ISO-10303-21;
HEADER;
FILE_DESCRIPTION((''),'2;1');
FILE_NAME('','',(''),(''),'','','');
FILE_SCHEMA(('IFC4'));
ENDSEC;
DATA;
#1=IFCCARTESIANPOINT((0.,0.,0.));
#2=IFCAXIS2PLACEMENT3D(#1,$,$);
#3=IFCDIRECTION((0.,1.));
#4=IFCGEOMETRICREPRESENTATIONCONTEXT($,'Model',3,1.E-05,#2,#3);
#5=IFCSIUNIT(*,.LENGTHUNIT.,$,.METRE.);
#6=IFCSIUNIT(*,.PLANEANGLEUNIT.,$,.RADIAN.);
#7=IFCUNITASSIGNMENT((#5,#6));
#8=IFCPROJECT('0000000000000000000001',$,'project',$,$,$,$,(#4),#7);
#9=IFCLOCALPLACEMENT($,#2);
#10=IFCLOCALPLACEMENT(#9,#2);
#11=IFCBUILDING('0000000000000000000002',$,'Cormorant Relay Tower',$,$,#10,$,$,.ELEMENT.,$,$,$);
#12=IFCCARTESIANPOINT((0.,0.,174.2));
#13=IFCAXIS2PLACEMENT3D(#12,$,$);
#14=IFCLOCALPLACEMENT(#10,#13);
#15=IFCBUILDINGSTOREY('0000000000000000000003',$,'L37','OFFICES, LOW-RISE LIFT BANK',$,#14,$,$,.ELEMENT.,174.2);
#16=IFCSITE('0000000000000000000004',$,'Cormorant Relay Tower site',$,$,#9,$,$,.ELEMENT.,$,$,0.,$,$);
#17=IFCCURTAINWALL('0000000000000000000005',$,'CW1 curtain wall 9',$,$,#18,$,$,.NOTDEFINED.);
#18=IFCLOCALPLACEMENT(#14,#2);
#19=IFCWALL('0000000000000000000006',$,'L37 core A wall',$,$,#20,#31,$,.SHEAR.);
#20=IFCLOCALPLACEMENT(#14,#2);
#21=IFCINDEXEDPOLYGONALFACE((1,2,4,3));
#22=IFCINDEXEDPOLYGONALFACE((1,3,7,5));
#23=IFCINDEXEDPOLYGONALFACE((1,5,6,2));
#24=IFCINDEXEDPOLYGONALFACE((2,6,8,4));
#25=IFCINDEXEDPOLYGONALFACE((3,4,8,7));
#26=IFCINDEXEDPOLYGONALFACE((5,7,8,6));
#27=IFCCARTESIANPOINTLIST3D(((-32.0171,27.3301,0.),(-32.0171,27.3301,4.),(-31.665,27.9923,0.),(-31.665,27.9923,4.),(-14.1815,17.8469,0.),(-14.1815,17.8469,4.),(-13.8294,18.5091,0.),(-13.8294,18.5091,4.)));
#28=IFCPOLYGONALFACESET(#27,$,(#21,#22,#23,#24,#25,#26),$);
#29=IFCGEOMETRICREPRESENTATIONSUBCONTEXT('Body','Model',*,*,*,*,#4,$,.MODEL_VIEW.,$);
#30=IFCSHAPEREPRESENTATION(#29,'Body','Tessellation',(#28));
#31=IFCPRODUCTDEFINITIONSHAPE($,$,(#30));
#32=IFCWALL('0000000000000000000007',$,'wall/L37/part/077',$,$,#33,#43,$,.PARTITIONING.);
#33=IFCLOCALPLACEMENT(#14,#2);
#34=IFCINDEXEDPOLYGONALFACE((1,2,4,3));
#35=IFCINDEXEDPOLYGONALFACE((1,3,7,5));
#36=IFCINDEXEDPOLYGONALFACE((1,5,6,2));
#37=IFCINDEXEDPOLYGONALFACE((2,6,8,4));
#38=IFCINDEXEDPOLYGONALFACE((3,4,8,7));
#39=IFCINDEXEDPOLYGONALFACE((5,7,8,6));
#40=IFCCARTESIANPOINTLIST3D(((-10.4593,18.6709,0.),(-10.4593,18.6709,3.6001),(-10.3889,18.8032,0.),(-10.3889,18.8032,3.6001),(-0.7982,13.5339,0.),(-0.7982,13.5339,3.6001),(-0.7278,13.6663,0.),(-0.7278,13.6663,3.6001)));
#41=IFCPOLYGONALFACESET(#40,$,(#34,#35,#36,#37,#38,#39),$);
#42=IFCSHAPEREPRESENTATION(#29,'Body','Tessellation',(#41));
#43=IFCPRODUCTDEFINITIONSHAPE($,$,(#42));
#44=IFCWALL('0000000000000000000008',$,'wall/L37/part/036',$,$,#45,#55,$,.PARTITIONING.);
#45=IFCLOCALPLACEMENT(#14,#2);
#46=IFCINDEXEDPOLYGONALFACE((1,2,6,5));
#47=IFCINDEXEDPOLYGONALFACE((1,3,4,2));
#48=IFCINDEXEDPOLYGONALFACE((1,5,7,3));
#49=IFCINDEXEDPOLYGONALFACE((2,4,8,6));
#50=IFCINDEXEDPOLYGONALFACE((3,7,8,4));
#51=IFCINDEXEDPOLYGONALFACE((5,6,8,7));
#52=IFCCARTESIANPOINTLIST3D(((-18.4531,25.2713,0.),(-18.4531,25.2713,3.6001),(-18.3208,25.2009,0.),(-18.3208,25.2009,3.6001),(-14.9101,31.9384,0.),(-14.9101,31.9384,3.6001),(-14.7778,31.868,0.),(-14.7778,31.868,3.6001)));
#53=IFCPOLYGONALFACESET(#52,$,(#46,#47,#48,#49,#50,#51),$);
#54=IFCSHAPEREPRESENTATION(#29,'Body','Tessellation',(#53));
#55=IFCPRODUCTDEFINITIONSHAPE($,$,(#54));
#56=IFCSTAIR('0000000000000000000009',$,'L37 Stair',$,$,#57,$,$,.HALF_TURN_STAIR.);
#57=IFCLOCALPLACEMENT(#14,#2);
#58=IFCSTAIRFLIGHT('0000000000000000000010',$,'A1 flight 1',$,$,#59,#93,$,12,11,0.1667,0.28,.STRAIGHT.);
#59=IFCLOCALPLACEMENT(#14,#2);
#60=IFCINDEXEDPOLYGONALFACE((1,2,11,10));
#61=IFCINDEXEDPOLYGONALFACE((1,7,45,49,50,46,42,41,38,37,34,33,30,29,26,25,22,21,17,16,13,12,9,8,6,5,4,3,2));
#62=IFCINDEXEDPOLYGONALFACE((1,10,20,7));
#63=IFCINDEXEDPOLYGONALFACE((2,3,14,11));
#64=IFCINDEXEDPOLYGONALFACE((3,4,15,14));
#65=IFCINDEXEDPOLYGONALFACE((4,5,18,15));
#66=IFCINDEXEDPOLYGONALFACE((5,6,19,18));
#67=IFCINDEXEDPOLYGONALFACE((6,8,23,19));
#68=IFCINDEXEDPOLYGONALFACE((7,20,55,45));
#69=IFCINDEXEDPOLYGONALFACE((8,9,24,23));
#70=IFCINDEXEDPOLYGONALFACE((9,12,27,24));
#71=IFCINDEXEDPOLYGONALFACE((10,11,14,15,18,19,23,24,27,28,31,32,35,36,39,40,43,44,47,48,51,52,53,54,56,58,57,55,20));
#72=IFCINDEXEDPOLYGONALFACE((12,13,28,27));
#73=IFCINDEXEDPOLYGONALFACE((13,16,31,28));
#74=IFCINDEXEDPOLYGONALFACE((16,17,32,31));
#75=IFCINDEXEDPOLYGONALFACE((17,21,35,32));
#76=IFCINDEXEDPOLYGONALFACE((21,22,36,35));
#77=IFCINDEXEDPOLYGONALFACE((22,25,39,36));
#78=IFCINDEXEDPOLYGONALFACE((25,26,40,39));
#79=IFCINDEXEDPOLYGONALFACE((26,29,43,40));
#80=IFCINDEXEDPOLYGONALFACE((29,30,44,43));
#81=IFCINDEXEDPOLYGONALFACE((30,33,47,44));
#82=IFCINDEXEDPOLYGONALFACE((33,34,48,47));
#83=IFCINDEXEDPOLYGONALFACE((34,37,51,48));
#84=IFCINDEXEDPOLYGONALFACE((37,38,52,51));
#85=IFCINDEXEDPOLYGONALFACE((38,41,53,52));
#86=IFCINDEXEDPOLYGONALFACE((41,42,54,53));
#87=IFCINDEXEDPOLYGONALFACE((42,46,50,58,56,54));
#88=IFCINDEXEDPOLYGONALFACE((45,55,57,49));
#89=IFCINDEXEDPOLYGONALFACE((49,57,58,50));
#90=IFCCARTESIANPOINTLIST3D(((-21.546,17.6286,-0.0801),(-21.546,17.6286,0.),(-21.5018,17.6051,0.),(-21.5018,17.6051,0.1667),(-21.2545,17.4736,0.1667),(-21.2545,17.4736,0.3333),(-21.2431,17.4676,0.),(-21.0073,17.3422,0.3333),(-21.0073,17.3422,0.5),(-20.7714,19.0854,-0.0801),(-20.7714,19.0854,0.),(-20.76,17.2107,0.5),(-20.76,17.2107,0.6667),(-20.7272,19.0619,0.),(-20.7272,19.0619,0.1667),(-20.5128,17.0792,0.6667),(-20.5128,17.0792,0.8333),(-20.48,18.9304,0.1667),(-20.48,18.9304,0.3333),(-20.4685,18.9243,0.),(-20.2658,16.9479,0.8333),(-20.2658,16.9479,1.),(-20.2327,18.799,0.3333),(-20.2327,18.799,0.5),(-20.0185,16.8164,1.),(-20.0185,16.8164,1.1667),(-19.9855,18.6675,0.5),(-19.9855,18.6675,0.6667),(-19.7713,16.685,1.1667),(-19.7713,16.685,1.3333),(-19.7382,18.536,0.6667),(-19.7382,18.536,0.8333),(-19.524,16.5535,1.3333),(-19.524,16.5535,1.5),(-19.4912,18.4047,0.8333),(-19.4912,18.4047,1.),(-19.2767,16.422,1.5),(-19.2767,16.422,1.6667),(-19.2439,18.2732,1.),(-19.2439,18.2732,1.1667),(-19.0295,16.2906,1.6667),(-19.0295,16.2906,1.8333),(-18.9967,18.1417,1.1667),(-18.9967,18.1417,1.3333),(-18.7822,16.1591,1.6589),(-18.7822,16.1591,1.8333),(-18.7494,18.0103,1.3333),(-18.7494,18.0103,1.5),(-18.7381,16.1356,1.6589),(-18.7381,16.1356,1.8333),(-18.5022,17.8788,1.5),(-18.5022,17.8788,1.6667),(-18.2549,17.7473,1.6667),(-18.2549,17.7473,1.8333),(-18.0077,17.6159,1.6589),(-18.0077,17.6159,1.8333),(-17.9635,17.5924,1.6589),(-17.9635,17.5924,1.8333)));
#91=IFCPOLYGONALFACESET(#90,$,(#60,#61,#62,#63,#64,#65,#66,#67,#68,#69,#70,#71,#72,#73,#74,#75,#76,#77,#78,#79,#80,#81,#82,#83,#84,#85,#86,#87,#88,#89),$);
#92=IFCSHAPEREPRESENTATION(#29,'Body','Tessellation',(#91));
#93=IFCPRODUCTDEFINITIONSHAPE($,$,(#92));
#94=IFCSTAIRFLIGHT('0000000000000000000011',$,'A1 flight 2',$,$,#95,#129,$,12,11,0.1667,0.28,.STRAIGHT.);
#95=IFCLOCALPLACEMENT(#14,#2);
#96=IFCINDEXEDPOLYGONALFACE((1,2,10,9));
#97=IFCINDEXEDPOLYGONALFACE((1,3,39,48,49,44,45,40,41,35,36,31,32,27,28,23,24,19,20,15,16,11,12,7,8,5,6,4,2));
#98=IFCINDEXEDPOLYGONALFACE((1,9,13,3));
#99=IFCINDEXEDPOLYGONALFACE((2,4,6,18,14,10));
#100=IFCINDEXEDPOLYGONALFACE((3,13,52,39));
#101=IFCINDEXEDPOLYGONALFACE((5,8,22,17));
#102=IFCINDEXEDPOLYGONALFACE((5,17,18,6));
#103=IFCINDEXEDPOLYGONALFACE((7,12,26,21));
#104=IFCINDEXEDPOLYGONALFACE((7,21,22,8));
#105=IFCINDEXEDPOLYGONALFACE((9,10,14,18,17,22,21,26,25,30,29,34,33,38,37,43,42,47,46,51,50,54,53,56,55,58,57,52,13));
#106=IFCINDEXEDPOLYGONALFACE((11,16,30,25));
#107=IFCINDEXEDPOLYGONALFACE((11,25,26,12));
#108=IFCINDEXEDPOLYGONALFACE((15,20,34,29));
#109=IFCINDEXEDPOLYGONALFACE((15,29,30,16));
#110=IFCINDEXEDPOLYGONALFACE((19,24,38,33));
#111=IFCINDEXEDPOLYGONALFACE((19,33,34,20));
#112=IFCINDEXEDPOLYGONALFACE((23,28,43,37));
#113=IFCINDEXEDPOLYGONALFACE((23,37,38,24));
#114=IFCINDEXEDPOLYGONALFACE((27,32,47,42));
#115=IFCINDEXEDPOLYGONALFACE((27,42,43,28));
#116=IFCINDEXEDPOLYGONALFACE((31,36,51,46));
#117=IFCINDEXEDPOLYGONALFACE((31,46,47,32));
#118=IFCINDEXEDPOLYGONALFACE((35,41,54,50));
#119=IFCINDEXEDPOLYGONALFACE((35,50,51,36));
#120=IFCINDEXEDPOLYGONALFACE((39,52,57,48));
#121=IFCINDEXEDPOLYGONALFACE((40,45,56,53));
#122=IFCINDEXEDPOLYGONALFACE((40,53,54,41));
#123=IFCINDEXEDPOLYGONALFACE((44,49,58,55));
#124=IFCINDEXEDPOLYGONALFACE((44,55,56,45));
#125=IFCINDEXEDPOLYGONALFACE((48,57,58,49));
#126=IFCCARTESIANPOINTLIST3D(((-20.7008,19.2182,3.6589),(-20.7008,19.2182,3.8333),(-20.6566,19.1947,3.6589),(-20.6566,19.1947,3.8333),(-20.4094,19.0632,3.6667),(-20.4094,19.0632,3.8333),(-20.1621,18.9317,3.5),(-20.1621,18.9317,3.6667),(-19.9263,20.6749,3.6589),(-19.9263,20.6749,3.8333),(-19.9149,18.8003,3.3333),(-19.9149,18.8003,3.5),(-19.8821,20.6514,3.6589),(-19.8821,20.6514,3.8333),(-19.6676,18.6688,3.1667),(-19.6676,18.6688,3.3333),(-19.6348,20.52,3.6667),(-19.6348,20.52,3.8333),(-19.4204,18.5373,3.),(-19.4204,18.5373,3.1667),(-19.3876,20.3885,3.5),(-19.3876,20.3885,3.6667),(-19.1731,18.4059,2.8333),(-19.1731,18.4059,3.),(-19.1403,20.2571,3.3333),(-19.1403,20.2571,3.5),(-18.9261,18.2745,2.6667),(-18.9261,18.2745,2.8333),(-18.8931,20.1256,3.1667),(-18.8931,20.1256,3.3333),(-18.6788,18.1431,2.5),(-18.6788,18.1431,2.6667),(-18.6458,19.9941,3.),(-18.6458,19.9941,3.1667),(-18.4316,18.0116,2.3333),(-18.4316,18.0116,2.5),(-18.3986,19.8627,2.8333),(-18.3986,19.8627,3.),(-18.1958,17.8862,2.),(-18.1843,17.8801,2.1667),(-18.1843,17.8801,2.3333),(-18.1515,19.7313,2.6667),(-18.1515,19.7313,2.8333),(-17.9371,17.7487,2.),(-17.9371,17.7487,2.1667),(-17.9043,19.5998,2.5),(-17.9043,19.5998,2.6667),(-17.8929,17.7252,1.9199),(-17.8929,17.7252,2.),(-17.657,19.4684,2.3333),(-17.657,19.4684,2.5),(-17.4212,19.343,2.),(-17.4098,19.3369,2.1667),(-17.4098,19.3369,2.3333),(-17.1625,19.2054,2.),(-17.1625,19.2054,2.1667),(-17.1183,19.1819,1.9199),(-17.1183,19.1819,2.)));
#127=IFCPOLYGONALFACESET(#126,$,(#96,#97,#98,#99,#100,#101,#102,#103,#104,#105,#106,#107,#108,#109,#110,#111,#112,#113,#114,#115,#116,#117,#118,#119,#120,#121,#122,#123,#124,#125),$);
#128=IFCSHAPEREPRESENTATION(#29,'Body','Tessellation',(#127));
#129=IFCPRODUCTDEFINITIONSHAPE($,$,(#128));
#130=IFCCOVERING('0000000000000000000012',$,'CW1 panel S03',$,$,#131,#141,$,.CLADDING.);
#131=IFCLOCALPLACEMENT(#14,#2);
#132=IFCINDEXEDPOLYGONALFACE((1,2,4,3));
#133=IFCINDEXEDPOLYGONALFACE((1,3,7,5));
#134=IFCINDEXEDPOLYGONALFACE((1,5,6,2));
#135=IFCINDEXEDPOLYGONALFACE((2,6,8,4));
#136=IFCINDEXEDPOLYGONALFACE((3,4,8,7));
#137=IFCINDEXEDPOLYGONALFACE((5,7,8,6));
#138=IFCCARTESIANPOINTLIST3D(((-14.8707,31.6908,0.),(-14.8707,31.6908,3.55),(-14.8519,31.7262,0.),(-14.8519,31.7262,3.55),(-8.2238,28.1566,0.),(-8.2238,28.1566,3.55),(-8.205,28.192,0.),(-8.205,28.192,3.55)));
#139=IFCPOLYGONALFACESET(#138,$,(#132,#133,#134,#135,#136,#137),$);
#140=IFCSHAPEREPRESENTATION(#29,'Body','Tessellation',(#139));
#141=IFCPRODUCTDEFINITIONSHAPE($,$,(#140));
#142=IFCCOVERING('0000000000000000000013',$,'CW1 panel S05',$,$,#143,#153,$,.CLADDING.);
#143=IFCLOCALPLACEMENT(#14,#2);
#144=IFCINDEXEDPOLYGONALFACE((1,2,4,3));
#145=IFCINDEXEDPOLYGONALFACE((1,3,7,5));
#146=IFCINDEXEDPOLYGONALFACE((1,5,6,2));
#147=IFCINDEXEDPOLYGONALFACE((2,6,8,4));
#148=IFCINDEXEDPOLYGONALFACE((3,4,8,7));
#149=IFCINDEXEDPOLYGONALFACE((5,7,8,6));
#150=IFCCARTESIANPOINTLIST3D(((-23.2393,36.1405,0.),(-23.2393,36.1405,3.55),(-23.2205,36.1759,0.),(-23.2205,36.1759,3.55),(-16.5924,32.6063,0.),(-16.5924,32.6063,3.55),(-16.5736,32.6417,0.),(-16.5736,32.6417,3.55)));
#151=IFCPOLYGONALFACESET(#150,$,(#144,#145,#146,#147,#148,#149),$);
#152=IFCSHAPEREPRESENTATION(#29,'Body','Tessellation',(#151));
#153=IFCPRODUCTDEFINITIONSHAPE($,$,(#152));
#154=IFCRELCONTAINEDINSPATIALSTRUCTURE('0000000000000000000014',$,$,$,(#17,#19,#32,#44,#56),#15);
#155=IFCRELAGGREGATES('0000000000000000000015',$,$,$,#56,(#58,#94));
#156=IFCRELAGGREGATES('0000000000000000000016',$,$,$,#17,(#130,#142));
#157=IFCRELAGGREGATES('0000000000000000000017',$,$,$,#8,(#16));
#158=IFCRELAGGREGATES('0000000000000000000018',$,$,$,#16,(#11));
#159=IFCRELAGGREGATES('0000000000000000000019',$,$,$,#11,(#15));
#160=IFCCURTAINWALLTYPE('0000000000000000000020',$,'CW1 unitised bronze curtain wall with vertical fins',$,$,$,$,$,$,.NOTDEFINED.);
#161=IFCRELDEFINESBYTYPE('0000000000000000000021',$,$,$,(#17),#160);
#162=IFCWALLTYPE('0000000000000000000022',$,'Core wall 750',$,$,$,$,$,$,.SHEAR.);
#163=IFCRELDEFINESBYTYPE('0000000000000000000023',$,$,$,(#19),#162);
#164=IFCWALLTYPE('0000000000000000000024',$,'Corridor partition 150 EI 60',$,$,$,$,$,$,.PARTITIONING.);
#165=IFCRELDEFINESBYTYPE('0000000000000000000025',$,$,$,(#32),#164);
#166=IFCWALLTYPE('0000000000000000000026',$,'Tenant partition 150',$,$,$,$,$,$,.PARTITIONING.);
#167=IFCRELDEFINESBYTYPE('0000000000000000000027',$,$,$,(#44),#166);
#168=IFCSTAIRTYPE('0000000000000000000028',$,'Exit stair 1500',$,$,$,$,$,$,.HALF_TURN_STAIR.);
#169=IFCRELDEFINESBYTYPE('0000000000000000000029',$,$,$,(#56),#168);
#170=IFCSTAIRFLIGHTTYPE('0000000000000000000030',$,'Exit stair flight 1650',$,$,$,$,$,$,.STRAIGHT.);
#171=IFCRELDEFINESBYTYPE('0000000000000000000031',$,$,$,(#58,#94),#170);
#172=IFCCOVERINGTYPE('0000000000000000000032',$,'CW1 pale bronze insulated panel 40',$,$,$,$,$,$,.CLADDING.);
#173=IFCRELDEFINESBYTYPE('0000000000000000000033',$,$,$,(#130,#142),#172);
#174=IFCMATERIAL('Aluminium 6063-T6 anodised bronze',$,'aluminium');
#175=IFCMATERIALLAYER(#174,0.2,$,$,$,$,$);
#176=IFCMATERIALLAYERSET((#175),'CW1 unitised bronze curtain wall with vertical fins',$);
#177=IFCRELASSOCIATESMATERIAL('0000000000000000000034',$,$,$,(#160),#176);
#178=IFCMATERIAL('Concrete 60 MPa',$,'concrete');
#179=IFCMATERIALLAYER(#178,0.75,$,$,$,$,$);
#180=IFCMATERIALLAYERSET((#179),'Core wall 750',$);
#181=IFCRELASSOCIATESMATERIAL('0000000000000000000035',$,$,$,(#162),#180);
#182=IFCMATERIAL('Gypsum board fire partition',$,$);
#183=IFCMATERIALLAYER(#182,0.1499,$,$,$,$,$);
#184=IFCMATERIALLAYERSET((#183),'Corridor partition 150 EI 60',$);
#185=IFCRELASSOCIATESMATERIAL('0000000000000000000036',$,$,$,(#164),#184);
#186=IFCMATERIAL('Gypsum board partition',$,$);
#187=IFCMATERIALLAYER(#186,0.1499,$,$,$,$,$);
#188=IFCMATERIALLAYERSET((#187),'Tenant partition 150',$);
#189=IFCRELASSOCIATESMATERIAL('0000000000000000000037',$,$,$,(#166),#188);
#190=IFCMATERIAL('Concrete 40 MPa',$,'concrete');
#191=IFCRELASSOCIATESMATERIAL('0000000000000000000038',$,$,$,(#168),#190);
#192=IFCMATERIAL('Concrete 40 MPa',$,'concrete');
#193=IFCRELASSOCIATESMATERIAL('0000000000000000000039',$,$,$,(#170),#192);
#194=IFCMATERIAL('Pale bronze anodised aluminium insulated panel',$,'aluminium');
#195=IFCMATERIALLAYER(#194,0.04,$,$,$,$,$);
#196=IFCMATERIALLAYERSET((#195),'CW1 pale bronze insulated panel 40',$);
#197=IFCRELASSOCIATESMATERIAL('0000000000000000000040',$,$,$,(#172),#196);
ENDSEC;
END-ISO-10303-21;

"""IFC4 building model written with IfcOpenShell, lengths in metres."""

from ifc_helpers import new_model, si_unit, direction, frame, frame_2d, origin, origin_2d, place, context, subcontext, project, spatial, polyline, rectangle, outline, extrude, material, layer, layer_set, type_object, element, aggregate, save


model = new_model("IFC4")

# Units and contexts
model_context = context("Model", 3, precision=1e-05, world=origin(), true_north=direction((0.0, 1.0)))
body_context = subcontext(model_context, "Body", "Model", "MODEL_VIEW")
ifc_project = project(units=[si_unit("LENGTHUNIT", "METRE"), si_unit("PLANEANGLEUNIT", "RADIAN")], contexts=[model_context])

# Site, building, storey
site_placement = place(None, origin())
site = spatial("IfcSite", under=ifc_project, at=site_placement, Name="Cormorant Relay Tower site", CompositionType="ELEMENT", RefElevation=0.0)
building_placement = place(site_placement, origin())
building = spatial("IfcBuilding", under=site, at=building_placement, Name="Cormorant Relay Tower", CompositionType="ELEMENT")
storey_placement = place(building_placement, frame((0.0, 0.0, 174.2)))
storey = spatial("IfcBuildingStorey", under=building, at=storey_placement, Name="L37", Description="OFFICES, LOW-RISE LIFT BANK", CompositionType="ELEMENT", Elevation=174.2)

# Curtain wall
ifc_material_1 = material(Name="Aluminium 6063-T6 anodised bronze", Category="aluminium")
ifc_layer_1 = layer(ifc_material_1, 0.2)
ifc_layer_set_1 = layer_set([ifc_layer_1], Name="CW1 unitised bronze curtain wall with vertical fins")
curtain_wall_type = type_object("IfcCurtainWallType", Name="CW1 unitised bronze curtain wall with vertical fins", PredefinedType="NOTDEFINED", material=ifc_layer_set_1)
curtain_wall_placement = place(storey_placement, origin())
curtain_wall = element("IfcCurtainWall", 1, at=curtain_wall_placement, inside=storey, type_object=curtain_wall_type, Name="CW1 curtain wall 9", PredefinedType="NOTDEFINED")

# Shared definitions
ifc_material_2 = material(Name="Concrete 60 MPa", Category="concrete")
ifc_layer_2 = layer(ifc_material_2, 0.75)
ifc_layer_set_2 = layer_set([ifc_layer_2], Name="Core wall 750")
wall_type_1 = type_object("IfcWallType", Name="Core wall 750", PredefinedType="SHEAR", material=ifc_layer_set_2)

# Walls
wall_1_placement = place(storey_placement, frame((-14.0054, 18.178, 0.0), z_axis=(0.0, 0.0, 1.0), x_axis=(-0.88295, 0.469467, 0.0)))
element("IfcWall", 2, at=wall_1_placement, inside=storey, type_object=wall_type_1, Name="L37 core A wall", PredefinedType="SHEAR", context=body_context, shape_type="SweptSolid", body=[
    extrude(rectangle(XDim=20.2, YDim=0.75, at=frame_2d((10.1001, 0.0))), origin(), (0.0, 0.0, 1.0), 4.0),
])
ifc_material_3 = material(Name="Gypsum board fire partition")
ifc_layer_3 = layer(ifc_material_3, 0.1499)
ifc_layer_set_3 = layer_set([ifc_layer_3], Name="Corridor partition 150 EI 60")
wall_type_2 = type_object("IfcWallType", Name="Corridor partition 150 EI 60", PredefinedType="PARTITIONING", material=ifc_layer_set_3)
wall_2_placement = place(storey_placement, frame((-10.4241, 18.7371, 0.0), z_axis=(0.0, 0.0, 1.0), x_axis=(0.882946, -0.469475, 0.0)))
element("IfcWall", 3, at=wall_2_placement, inside=storey, type_object=wall_type_2, Name="wall/L37/part/077", PredefinedType="PARTITIONING", context=body_context, shape_type="SweptSolid", body=[
    extrude(rectangle(XDim=10.9419, YDim=0.1499, at=frame_2d((5.4709, 0.0))), origin(), (0.0, 0.0, 1.0), 3.6001),
])
ifc_material_4 = material(Name="Gypsum board partition")
ifc_layer_4 = layer(ifc_material_4, 0.1499)
ifc_layer_set_4 = layer_set([ifc_layer_4], Name="Tenant partition 150")
wall_type_3 = type_object("IfcWallType", Name="Tenant partition 150", PredefinedType="PARTITIONING", material=ifc_layer_set_4)
wall_3_placement = place(storey_placement, frame((-14.844, 31.9031, 0.0), z_axis=(0.0, 0.0, 1.0), x_axis=(-0.469272, -0.883054, 0.0)))
element("IfcWall", 4, at=wall_3_placement, inside=storey, type_object=wall_type_3, Name="wall/L37/part/036", PredefinedType="PARTITIONING", context=body_context, shape_type="SweptSolid", body=[
    extrude(rectangle(XDim=7.55, YDim=0.1499, at=frame_2d((3.7749, 0.0))), origin(), (0.0, 0.0, 1.0), 3.6001),
])

# Stair, stair flights
ifc_material_5 = material(Name="Concrete 40 MPa", Category="concrete")
stair_type = type_object("IfcStairType", Name="Exit stair 1500", PredefinedType="HALF_TURN_STAIR", material=ifc_material_5)
stair_placement = place(storey_placement, origin())
stair = element("IfcStair", 5, at=stair_placement, inside=storey, type_object=stair_type, Name="L37 Stair", PredefinedType="HALF_TURN_STAIR")
ifc_material_6 = material(Name="Concrete 40 MPa", Category="concrete")
stair_flight_type = type_object("IfcStairFlightType", Name="Exit stair flight 1650", PredefinedType="STRAIGHT", material=ifc_material_6)
stair_flight_1_placement = place(storey_placement, frame((-21.1145, 18.3335, 0.0), z_axis=(0.0, 0.0, 1.0), x_axis=(0.882948, -0.469472, 0.0)))
stair_flight_1 = element("IfcStairFlight", 6, at=stair_flight_1_placement, type_object=stair_flight_type, Name="A1 flight 1", NumberOfRisers=12, NumberOfTreads=11, PredefinedType="STRAIGHT", RiserHeight=0.1667, TreadLength=0.28, context=body_context, shape_type="SweptSolid", body=[
    extrude(outline(polyline([(-0.05, -0.0801), (-0.05, 0.0), (0.0, 0.0), (0.0, 0.1667), (0.28, 0.1667), (0.28, 0.3333), (0.5601, 0.3333), (0.5601, 0.5), (0.8401, 0.5), (0.8401, 0.6667), (1.1201, 0.6667), (1.1201, 0.8333), (1.3999, 0.8333), (1.3999, 1.0), (1.6799, 1.0), (1.6799, 1.1667), (1.96, 1.1667), (1.96, 1.3333), (2.24, 1.3333), (2.24, 1.5), (2.52, 1.5), (2.52, 1.6667), (2.8, 1.6667), (2.8, 1.8333), (3.0801, 1.8333), (3.1301, 1.8333), (3.1301, 1.6589), (3.0801, 1.6589), (0.293, 0.0), (-0.05, -0.0801)])), frame((0.0, 0.825, 0.0), z_axis=(0.0, -1.0, 0.0), x_axis=(1.0, 0.0, 0.0)), (0.0, 0.0, 1.0), 1.6499),
])
stair_flight_2_placement = place(storey_placement, frame((-17.5498, 18.4771, 2.0), z_axis=(0.0, 0.0, 1.0), x_axis=(-0.882948, 0.469472, 0.0)))
stair_flight_2 = element("IfcStairFlight", 7, at=stair_flight_2_placement, type_object=stair_flight_type, Name="A1 flight 2", NumberOfRisers=12, NumberOfTreads=11, PredefinedType="STRAIGHT", RiserHeight=0.1667, TreadLength=0.28, context=body_context, shape_type="SweptSolid", body=[
    extrude(outline(polyline([(-0.05, -0.0801), (-0.05, 0.0), (0.0, 0.0), (0.0, 0.1667), (0.28, 0.1667), (0.28, 0.3333), (0.5601, 0.3333), (0.5601, 0.5), (0.8401, 0.5), (0.8401, 0.6667), (1.1201, 0.6667), (1.1201, 0.8333), (1.3999, 0.8333), (1.3999, 1.0), (1.6799, 1.0), (1.6799, 1.1667), (1.96, 1.1667), (1.96, 1.3333), (2.24, 1.3333), (2.24, 1.5), (2.52, 1.5), (2.52, 1.6667), (2.8, 1.6667), (2.8, 1.8333), (3.0801, 1.8333), (3.1301, 1.8333), (3.1301, 1.6589), (3.0801, 1.6589), (0.293, 0.0), (-0.05, -0.0801)])), frame((0.0, 0.825, 0.0), z_axis=(0.0, -1.0, 0.0), x_axis=(1.0, 0.0, 0.0)), (0.0, 0.0, 1.0), 1.6499),
])
aggregate(stair, [stair_flight_1, stair_flight_2])

# Coverings
ifc_material_7 = material(Name="Pale bronze anodised aluminium insulated panel", Category="aluminium")
ifc_layer_5 = layer(ifc_material_7, 0.04)
ifc_layer_set_5 = layer_set([ifc_layer_5], Name="CW1 pale bronze insulated panel 40")
covering_type = type_object("IfcCoveringType", Name="CW1 pale bronze insulated panel 40", PredefinedType="CLADDING", material=ifc_layer_set_5)
covering_1_placement = place(storey_placement, frame((-11.5378, 29.9414, 0.0), z_axis=(0.0, 0.0, 1.0), x_axis=(-0.882948, 0.469472, 0.0)))
covering_1 = element("IfcCovering", 8, at=covering_1_placement, type_object=covering_type, Name="CW1 panel S03", PredefinedType="CLADDING", context=body_context, shape_type="SweptSolid", body=[
    extrude(rectangle(XDim=7.5281, YDim=0.04, at=origin_2d()), origin(), (0.0, 0.0, 1.0), 3.55),
])
covering_2_placement = place(storey_placement, frame((-19.9065, 34.3911, 0.0), z_axis=(0.0, 0.0, 1.0), x_axis=(-0.882948, 0.469472, 0.0)))
covering_2 = element("IfcCovering", 9, at=covering_2_placement, type_object=covering_type, Name="CW1 panel S05", PredefinedType="CLADDING", context=body_context, shape_type="SweptSolid", body=[
    extrude(rectangle(XDim=7.5281, YDim=0.04, at=origin_2d()), origin(), (0.0, 0.0, 1.0), 3.55),
])
aggregate(curtain_wall, [covering_1, covering_2])

save(model, "model.ifc")
